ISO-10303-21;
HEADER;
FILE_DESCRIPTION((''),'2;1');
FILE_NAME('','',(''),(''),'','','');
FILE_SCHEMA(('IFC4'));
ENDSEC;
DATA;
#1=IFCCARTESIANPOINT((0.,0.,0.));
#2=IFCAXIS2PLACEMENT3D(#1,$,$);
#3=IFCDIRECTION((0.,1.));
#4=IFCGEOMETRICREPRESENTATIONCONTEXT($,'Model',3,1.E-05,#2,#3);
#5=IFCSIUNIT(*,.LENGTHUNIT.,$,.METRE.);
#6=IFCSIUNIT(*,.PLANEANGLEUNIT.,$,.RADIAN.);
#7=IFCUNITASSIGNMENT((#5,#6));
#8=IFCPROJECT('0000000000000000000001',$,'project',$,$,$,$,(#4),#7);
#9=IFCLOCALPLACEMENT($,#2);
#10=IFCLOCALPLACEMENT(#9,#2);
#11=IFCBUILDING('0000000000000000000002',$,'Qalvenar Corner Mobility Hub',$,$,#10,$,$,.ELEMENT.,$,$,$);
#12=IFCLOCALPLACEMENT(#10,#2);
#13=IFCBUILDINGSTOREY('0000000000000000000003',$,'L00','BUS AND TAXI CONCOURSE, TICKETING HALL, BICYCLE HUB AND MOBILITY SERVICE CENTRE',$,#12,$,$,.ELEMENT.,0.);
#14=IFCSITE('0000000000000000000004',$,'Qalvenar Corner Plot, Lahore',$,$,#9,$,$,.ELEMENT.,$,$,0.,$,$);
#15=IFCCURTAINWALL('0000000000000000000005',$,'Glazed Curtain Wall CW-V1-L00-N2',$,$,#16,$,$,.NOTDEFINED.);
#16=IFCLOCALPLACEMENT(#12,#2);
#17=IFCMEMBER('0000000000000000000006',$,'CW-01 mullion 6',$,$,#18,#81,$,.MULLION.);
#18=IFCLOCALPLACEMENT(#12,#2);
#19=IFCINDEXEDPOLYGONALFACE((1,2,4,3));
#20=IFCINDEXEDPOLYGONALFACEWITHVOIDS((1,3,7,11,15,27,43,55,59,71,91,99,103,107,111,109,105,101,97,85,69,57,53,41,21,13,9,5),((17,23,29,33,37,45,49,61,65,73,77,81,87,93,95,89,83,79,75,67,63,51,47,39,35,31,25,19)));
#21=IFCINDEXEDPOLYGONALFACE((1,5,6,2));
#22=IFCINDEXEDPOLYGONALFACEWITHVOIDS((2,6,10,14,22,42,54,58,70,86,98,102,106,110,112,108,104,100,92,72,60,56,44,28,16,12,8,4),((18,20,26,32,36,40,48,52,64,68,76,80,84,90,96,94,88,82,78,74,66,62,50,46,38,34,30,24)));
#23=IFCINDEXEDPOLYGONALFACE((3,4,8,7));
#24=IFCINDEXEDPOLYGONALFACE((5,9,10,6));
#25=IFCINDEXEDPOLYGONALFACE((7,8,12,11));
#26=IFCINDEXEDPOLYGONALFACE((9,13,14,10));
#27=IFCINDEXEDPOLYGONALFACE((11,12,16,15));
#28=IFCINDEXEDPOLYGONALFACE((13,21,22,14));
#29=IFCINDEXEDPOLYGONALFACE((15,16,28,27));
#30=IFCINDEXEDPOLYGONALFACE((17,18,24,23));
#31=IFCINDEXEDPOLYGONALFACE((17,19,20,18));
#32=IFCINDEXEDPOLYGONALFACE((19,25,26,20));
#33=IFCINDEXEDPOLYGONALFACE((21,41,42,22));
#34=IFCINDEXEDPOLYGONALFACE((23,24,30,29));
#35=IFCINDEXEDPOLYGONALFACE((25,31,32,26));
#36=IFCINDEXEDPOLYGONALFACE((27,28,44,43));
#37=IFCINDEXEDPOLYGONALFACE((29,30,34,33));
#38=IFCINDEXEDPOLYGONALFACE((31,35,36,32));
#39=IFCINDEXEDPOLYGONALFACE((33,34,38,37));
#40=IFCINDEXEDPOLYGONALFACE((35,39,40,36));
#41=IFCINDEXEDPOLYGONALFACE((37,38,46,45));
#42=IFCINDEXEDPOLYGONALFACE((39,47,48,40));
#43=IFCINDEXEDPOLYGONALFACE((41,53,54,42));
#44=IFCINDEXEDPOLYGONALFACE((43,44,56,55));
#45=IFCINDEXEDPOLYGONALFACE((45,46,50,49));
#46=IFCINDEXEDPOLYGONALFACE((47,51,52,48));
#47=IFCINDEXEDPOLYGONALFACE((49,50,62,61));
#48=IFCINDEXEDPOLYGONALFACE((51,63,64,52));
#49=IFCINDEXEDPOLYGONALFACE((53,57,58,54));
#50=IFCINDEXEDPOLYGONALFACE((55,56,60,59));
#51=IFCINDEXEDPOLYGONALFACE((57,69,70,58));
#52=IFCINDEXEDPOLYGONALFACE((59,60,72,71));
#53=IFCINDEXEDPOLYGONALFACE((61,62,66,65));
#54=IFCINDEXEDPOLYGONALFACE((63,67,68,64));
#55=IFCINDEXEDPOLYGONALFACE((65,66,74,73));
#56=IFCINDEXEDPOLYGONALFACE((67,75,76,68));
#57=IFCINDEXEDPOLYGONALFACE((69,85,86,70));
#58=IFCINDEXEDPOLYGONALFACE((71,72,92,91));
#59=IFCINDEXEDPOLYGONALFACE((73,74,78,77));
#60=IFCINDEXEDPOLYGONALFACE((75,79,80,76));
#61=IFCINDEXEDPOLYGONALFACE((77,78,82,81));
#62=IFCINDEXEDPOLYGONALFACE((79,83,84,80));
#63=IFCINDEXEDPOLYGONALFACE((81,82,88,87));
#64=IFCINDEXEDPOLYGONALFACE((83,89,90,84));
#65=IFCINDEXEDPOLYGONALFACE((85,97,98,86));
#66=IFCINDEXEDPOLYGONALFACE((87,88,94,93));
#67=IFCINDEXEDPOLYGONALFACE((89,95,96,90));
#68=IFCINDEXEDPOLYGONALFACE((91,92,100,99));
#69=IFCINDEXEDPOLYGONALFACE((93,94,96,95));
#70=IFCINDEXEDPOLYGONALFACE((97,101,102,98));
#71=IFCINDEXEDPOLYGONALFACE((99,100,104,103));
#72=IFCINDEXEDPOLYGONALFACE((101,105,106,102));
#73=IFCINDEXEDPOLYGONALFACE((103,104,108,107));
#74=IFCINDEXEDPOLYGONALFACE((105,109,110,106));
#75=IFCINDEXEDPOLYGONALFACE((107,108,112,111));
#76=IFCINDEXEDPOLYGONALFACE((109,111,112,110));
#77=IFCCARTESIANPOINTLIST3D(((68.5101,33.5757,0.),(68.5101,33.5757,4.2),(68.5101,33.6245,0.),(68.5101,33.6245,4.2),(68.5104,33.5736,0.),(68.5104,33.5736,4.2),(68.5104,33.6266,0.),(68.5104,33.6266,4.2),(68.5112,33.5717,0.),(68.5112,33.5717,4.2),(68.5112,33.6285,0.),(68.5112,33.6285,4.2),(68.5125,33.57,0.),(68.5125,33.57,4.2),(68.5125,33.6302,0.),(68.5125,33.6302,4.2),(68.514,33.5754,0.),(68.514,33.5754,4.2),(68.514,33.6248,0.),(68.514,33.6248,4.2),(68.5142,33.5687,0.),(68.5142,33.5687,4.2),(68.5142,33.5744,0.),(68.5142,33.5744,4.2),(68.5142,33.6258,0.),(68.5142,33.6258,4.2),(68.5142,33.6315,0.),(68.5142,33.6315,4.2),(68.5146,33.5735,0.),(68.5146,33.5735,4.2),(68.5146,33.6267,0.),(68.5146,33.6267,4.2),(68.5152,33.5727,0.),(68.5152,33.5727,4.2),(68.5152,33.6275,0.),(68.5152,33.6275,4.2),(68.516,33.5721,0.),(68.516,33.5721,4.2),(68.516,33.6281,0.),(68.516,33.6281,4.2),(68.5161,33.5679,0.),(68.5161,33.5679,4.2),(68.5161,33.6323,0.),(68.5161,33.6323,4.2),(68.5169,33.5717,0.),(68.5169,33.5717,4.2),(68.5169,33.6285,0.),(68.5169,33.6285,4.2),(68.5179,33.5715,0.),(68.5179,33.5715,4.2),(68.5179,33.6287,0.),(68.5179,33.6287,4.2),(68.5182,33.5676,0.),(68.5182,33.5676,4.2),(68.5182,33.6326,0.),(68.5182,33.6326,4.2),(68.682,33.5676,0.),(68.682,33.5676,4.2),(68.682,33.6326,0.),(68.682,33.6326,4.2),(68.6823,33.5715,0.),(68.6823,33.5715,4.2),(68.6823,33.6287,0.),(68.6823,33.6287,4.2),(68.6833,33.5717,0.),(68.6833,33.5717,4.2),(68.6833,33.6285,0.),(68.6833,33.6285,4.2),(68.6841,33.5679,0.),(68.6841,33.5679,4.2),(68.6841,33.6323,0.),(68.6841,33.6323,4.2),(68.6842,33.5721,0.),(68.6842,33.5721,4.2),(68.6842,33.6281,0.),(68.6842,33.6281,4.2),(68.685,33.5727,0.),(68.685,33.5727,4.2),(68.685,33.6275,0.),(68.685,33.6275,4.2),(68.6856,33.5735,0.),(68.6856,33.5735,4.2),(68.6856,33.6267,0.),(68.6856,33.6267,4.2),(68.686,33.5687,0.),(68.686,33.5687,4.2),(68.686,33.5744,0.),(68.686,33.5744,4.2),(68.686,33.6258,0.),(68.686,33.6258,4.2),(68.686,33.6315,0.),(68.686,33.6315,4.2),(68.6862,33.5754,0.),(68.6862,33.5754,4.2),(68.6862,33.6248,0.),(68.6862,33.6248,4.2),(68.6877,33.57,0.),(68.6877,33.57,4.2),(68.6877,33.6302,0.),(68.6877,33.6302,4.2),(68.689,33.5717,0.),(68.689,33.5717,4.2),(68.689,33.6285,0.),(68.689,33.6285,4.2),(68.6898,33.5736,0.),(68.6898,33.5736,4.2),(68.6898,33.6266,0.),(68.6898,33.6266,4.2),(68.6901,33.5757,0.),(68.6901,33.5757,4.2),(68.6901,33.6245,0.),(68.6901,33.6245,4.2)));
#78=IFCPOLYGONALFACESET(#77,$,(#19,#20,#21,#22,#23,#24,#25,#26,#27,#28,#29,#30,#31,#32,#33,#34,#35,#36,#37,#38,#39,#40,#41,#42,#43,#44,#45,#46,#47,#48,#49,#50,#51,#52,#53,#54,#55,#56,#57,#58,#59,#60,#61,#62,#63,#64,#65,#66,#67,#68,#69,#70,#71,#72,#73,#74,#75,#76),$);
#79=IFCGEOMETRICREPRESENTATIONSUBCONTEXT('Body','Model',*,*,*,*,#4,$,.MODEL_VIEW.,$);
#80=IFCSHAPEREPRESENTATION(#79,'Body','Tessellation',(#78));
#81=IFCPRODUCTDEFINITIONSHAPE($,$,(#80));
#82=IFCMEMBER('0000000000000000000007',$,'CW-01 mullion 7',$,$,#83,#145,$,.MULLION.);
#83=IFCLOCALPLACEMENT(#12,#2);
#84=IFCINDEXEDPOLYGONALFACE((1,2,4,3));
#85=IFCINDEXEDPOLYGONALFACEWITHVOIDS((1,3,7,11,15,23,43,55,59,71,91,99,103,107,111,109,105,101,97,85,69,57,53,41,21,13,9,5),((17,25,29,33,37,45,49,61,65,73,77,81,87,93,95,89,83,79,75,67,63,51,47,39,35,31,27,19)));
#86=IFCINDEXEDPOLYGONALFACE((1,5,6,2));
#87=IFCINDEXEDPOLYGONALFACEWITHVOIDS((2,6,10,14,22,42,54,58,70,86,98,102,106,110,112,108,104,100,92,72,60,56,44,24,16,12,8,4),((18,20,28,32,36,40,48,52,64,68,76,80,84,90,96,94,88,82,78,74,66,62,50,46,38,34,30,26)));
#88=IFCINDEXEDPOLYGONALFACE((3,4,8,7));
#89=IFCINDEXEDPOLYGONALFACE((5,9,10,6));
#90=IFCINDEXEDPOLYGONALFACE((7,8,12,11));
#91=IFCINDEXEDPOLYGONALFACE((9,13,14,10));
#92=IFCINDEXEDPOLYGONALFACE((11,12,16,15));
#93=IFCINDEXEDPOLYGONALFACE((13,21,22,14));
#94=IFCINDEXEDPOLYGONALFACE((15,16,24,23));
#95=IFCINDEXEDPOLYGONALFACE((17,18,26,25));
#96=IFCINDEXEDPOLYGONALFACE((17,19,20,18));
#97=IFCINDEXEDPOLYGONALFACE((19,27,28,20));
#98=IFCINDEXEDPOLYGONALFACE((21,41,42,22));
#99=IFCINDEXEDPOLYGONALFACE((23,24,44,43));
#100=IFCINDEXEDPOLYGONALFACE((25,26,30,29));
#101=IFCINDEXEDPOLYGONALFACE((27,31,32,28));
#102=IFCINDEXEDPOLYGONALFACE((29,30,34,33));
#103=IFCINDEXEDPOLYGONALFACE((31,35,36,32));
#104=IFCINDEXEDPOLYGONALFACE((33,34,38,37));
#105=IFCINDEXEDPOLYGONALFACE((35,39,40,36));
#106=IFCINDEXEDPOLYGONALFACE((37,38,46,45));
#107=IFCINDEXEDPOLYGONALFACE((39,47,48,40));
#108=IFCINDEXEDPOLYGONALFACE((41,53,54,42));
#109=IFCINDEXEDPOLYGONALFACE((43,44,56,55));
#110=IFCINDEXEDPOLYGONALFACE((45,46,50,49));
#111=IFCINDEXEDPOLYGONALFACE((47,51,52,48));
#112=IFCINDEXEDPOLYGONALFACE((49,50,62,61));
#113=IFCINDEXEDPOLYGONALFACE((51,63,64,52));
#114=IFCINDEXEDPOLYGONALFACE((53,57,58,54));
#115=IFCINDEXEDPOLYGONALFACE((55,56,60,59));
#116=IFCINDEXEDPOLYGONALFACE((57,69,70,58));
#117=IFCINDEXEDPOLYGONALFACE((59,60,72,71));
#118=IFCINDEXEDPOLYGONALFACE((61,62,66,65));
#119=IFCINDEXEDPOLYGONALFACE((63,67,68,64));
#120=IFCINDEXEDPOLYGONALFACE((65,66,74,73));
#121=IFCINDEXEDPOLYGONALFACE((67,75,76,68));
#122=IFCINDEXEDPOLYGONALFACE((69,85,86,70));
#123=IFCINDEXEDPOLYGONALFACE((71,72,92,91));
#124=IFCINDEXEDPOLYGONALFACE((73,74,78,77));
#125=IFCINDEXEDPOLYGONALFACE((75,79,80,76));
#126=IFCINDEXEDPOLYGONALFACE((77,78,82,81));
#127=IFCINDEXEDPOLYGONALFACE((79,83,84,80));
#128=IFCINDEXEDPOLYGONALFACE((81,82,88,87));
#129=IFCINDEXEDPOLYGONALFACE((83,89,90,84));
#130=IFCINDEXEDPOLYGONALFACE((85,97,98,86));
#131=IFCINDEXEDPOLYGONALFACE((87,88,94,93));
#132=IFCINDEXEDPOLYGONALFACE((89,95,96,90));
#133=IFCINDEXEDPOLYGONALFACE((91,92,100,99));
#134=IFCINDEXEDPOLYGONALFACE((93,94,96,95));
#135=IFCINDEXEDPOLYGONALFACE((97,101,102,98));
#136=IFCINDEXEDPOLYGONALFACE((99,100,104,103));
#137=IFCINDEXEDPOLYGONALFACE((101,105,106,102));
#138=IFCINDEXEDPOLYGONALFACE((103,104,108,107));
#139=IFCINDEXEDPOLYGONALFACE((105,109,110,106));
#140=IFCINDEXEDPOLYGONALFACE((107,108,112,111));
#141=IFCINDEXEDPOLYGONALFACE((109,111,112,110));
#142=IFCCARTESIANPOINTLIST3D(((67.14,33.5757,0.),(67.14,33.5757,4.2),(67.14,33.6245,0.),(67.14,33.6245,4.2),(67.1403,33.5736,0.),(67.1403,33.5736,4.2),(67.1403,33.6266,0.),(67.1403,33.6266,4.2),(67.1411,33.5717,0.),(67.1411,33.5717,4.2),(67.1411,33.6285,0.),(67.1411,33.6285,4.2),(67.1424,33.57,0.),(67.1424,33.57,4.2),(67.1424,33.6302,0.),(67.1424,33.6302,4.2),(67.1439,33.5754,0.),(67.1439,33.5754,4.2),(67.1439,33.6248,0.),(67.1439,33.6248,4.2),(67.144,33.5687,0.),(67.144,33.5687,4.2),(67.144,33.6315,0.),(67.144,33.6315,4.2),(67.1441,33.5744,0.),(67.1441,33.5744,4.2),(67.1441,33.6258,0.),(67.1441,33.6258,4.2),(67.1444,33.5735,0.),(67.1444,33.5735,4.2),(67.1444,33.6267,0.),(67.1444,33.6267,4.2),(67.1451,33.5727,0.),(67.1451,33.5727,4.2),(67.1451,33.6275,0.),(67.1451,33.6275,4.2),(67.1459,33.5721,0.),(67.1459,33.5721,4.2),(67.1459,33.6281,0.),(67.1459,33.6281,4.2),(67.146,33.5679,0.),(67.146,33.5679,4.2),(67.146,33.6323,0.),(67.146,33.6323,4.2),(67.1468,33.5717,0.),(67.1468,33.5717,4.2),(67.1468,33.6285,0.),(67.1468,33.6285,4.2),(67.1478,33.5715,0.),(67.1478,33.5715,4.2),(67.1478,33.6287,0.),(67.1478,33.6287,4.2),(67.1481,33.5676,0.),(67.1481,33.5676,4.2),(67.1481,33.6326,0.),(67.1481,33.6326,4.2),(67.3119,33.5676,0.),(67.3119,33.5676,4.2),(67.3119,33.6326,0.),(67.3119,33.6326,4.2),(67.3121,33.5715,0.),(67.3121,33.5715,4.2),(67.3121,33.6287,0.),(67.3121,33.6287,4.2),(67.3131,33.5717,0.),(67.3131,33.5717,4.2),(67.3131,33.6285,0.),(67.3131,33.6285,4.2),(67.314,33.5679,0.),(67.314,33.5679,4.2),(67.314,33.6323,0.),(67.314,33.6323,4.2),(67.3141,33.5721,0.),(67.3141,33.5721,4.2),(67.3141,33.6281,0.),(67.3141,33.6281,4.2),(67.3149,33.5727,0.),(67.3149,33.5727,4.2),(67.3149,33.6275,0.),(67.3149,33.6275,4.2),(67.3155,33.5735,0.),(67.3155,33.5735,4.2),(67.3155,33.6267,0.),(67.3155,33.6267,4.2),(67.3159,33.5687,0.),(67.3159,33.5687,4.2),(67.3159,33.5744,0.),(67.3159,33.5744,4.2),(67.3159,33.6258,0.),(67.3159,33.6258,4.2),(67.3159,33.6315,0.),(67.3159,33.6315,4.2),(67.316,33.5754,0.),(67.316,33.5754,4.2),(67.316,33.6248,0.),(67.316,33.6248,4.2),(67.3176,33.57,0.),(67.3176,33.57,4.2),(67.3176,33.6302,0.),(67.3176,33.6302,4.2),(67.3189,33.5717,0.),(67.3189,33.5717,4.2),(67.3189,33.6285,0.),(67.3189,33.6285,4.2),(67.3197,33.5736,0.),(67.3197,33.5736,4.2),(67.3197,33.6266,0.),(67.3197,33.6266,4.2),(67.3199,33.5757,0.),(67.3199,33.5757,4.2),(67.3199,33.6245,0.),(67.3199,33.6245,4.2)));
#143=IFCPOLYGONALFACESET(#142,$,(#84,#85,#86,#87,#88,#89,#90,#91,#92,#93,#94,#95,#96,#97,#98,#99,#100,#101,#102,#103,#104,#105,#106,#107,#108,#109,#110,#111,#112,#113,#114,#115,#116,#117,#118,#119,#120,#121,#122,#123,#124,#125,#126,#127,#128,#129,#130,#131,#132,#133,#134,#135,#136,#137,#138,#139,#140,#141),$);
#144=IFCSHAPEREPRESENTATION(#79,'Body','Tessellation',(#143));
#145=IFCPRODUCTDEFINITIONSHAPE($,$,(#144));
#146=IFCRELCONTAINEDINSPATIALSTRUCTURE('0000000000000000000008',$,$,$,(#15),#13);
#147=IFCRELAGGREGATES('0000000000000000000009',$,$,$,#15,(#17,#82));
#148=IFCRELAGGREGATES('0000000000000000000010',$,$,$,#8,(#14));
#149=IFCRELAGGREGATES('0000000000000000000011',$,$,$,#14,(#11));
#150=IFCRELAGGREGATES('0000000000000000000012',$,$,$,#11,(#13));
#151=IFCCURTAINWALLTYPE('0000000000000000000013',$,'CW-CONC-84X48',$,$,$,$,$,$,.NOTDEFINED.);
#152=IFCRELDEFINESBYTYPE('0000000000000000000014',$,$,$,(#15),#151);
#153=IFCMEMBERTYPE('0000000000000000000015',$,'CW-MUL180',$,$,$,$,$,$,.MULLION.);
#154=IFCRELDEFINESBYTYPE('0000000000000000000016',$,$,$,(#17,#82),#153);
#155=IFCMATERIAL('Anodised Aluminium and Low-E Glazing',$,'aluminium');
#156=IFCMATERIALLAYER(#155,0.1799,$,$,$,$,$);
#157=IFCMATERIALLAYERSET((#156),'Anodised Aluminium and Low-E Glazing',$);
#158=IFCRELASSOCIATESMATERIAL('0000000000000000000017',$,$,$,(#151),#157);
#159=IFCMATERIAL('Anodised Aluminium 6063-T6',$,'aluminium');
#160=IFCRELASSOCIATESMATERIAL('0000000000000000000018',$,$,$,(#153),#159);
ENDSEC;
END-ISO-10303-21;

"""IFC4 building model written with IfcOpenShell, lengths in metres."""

from ifc_helpers import new_model, si_unit, direction, frame, origin, origin_2d, place, context, subcontext, project, spatial, hollow_rectangle, extrude, material, layer, layer_set, material_profile, profile_set, type_object, element, aggregate, save


model = new_model("IFC4")

# Units and contexts
model_context = context("Model", 3, precision=1e-05, world=origin(), true_north=direction((0.0, 1.0)))
body_context = subcontext(model_context, "Body", "Model", "MODEL_VIEW")
ifc_project = project(units=[si_unit("LENGTHUNIT", "METRE"), si_unit("PLANEANGLEUNIT", "RADIAN")], contexts=[model_context])

# Site, building, storey
site_placement = place(None, origin())
site = spatial("IfcSite", under=ifc_project, at=site_placement, Name="Qalvenar Corner Plot, Lahore", CompositionType="ELEMENT", RefElevation=0.0)
building_placement = place(site_placement, origin())
building = spatial("IfcBuilding", under=site, at=building_placement, Name="Qalvenar Corner Mobility Hub", CompositionType="ELEMENT")
storey_placement = place(building_placement, origin())
storey = spatial("IfcBuildingStorey", under=building, at=storey_placement, Name="L00", Description="BUS AND TAXI CONCOURSE, TICKETING HALL, BICYCLE HUB AND MOBILITY SERVICE CENTRE", CompositionType="ELEMENT", Elevation=0.0)

# Curtain wall, members
ifc_material_1 = material(Name="Anodised Aluminium and Low-E Glazing", Category="aluminium")
ifc_layer_1 = layer(ifc_material_1, 0.1799)
ifc_layer_set_1 = layer_set([ifc_layer_1], Name="Anodised Aluminium and Low-E Glazing")
curtain_wall_type = type_object("IfcCurtainWallType", Name="CW-CONC-84X48", PredefinedType="NOTDEFINED", material=ifc_layer_set_1)
curtain_wall_placement = place(storey_placement, origin())
curtain_wall = element("IfcCurtainWall", 1, at=curtain_wall_placement, inside=storey, type_object=curtain_wall_type, Name="Glazed Curtain Wall CW-V1-L00-N2", PredefinedType="NOTDEFINED")
ifc_material_2 = material(Name="Anodised Aluminium 6063-T6", Category="aluminium")
ifc_material_profile_1 = material_profile(ifc_material_2, hollow_rectangle(XDim=0.0649, YDim=0.1799, WallThickness=0.0039, InnerFilletRadius=0.0039, OuterFilletRadius=0.0081, at=origin_2d()), Name="RHS180x65x4")
ifc_profile_set_1 = profile_set([ifc_material_profile_1], Name="Anodised Aluminium 6063-T6")
member_type_1 = type_object("IfcMemberType", Name="CW-MUL180", PredefinedType="MULLION", material=ifc_profile_set_1)
member_1_placement = place(storey_placement, frame((68.6001, 33.6001, 0.0), z_axis=(0.0, 0.0, 1.0), x_axis=(0.0, -1.0, 0.0)))
member_1 = element("IfcMember", 2, at=member_1_placement, type_object=member_type_1, Name="CW-01 mullion 6", PredefinedType="MULLION", context=body_context, shape_type="SweptSolid", body=[
    extrude(hollow_rectangle(XDim=0.0649, YDim=0.1799, WallThickness=0.0039, InnerFilletRadius=0.0039, OuterFilletRadius=0.0081, at=origin_2d()), origin(), (0.0, 0.0, 1.0), 4.2),
])
member_2_placement = place(storey_placement, frame((67.23, 33.6001, 0.0), z_axis=(0.0, 0.0, 1.0), x_axis=(0.0, -1.0, 0.0)))
member_2 = element("IfcMember", 3, at=member_2_placement, type_object=member_type_1, Name="CW-01 mullion 7", PredefinedType="MULLION", context=body_context, shape_type="SweptSolid", body=[
    extrude(hollow_rectangle(XDim=0.0649, YDim=0.1799, WallThickness=0.0039, InnerFilletRadius=0.0039, OuterFilletRadius=0.0081, at=origin_2d()), origin(), (0.0, 0.0, 1.0), 4.2),
])
aggregate(curtain_wall, [member_1, member_2])

save(model, "model.ifc")
